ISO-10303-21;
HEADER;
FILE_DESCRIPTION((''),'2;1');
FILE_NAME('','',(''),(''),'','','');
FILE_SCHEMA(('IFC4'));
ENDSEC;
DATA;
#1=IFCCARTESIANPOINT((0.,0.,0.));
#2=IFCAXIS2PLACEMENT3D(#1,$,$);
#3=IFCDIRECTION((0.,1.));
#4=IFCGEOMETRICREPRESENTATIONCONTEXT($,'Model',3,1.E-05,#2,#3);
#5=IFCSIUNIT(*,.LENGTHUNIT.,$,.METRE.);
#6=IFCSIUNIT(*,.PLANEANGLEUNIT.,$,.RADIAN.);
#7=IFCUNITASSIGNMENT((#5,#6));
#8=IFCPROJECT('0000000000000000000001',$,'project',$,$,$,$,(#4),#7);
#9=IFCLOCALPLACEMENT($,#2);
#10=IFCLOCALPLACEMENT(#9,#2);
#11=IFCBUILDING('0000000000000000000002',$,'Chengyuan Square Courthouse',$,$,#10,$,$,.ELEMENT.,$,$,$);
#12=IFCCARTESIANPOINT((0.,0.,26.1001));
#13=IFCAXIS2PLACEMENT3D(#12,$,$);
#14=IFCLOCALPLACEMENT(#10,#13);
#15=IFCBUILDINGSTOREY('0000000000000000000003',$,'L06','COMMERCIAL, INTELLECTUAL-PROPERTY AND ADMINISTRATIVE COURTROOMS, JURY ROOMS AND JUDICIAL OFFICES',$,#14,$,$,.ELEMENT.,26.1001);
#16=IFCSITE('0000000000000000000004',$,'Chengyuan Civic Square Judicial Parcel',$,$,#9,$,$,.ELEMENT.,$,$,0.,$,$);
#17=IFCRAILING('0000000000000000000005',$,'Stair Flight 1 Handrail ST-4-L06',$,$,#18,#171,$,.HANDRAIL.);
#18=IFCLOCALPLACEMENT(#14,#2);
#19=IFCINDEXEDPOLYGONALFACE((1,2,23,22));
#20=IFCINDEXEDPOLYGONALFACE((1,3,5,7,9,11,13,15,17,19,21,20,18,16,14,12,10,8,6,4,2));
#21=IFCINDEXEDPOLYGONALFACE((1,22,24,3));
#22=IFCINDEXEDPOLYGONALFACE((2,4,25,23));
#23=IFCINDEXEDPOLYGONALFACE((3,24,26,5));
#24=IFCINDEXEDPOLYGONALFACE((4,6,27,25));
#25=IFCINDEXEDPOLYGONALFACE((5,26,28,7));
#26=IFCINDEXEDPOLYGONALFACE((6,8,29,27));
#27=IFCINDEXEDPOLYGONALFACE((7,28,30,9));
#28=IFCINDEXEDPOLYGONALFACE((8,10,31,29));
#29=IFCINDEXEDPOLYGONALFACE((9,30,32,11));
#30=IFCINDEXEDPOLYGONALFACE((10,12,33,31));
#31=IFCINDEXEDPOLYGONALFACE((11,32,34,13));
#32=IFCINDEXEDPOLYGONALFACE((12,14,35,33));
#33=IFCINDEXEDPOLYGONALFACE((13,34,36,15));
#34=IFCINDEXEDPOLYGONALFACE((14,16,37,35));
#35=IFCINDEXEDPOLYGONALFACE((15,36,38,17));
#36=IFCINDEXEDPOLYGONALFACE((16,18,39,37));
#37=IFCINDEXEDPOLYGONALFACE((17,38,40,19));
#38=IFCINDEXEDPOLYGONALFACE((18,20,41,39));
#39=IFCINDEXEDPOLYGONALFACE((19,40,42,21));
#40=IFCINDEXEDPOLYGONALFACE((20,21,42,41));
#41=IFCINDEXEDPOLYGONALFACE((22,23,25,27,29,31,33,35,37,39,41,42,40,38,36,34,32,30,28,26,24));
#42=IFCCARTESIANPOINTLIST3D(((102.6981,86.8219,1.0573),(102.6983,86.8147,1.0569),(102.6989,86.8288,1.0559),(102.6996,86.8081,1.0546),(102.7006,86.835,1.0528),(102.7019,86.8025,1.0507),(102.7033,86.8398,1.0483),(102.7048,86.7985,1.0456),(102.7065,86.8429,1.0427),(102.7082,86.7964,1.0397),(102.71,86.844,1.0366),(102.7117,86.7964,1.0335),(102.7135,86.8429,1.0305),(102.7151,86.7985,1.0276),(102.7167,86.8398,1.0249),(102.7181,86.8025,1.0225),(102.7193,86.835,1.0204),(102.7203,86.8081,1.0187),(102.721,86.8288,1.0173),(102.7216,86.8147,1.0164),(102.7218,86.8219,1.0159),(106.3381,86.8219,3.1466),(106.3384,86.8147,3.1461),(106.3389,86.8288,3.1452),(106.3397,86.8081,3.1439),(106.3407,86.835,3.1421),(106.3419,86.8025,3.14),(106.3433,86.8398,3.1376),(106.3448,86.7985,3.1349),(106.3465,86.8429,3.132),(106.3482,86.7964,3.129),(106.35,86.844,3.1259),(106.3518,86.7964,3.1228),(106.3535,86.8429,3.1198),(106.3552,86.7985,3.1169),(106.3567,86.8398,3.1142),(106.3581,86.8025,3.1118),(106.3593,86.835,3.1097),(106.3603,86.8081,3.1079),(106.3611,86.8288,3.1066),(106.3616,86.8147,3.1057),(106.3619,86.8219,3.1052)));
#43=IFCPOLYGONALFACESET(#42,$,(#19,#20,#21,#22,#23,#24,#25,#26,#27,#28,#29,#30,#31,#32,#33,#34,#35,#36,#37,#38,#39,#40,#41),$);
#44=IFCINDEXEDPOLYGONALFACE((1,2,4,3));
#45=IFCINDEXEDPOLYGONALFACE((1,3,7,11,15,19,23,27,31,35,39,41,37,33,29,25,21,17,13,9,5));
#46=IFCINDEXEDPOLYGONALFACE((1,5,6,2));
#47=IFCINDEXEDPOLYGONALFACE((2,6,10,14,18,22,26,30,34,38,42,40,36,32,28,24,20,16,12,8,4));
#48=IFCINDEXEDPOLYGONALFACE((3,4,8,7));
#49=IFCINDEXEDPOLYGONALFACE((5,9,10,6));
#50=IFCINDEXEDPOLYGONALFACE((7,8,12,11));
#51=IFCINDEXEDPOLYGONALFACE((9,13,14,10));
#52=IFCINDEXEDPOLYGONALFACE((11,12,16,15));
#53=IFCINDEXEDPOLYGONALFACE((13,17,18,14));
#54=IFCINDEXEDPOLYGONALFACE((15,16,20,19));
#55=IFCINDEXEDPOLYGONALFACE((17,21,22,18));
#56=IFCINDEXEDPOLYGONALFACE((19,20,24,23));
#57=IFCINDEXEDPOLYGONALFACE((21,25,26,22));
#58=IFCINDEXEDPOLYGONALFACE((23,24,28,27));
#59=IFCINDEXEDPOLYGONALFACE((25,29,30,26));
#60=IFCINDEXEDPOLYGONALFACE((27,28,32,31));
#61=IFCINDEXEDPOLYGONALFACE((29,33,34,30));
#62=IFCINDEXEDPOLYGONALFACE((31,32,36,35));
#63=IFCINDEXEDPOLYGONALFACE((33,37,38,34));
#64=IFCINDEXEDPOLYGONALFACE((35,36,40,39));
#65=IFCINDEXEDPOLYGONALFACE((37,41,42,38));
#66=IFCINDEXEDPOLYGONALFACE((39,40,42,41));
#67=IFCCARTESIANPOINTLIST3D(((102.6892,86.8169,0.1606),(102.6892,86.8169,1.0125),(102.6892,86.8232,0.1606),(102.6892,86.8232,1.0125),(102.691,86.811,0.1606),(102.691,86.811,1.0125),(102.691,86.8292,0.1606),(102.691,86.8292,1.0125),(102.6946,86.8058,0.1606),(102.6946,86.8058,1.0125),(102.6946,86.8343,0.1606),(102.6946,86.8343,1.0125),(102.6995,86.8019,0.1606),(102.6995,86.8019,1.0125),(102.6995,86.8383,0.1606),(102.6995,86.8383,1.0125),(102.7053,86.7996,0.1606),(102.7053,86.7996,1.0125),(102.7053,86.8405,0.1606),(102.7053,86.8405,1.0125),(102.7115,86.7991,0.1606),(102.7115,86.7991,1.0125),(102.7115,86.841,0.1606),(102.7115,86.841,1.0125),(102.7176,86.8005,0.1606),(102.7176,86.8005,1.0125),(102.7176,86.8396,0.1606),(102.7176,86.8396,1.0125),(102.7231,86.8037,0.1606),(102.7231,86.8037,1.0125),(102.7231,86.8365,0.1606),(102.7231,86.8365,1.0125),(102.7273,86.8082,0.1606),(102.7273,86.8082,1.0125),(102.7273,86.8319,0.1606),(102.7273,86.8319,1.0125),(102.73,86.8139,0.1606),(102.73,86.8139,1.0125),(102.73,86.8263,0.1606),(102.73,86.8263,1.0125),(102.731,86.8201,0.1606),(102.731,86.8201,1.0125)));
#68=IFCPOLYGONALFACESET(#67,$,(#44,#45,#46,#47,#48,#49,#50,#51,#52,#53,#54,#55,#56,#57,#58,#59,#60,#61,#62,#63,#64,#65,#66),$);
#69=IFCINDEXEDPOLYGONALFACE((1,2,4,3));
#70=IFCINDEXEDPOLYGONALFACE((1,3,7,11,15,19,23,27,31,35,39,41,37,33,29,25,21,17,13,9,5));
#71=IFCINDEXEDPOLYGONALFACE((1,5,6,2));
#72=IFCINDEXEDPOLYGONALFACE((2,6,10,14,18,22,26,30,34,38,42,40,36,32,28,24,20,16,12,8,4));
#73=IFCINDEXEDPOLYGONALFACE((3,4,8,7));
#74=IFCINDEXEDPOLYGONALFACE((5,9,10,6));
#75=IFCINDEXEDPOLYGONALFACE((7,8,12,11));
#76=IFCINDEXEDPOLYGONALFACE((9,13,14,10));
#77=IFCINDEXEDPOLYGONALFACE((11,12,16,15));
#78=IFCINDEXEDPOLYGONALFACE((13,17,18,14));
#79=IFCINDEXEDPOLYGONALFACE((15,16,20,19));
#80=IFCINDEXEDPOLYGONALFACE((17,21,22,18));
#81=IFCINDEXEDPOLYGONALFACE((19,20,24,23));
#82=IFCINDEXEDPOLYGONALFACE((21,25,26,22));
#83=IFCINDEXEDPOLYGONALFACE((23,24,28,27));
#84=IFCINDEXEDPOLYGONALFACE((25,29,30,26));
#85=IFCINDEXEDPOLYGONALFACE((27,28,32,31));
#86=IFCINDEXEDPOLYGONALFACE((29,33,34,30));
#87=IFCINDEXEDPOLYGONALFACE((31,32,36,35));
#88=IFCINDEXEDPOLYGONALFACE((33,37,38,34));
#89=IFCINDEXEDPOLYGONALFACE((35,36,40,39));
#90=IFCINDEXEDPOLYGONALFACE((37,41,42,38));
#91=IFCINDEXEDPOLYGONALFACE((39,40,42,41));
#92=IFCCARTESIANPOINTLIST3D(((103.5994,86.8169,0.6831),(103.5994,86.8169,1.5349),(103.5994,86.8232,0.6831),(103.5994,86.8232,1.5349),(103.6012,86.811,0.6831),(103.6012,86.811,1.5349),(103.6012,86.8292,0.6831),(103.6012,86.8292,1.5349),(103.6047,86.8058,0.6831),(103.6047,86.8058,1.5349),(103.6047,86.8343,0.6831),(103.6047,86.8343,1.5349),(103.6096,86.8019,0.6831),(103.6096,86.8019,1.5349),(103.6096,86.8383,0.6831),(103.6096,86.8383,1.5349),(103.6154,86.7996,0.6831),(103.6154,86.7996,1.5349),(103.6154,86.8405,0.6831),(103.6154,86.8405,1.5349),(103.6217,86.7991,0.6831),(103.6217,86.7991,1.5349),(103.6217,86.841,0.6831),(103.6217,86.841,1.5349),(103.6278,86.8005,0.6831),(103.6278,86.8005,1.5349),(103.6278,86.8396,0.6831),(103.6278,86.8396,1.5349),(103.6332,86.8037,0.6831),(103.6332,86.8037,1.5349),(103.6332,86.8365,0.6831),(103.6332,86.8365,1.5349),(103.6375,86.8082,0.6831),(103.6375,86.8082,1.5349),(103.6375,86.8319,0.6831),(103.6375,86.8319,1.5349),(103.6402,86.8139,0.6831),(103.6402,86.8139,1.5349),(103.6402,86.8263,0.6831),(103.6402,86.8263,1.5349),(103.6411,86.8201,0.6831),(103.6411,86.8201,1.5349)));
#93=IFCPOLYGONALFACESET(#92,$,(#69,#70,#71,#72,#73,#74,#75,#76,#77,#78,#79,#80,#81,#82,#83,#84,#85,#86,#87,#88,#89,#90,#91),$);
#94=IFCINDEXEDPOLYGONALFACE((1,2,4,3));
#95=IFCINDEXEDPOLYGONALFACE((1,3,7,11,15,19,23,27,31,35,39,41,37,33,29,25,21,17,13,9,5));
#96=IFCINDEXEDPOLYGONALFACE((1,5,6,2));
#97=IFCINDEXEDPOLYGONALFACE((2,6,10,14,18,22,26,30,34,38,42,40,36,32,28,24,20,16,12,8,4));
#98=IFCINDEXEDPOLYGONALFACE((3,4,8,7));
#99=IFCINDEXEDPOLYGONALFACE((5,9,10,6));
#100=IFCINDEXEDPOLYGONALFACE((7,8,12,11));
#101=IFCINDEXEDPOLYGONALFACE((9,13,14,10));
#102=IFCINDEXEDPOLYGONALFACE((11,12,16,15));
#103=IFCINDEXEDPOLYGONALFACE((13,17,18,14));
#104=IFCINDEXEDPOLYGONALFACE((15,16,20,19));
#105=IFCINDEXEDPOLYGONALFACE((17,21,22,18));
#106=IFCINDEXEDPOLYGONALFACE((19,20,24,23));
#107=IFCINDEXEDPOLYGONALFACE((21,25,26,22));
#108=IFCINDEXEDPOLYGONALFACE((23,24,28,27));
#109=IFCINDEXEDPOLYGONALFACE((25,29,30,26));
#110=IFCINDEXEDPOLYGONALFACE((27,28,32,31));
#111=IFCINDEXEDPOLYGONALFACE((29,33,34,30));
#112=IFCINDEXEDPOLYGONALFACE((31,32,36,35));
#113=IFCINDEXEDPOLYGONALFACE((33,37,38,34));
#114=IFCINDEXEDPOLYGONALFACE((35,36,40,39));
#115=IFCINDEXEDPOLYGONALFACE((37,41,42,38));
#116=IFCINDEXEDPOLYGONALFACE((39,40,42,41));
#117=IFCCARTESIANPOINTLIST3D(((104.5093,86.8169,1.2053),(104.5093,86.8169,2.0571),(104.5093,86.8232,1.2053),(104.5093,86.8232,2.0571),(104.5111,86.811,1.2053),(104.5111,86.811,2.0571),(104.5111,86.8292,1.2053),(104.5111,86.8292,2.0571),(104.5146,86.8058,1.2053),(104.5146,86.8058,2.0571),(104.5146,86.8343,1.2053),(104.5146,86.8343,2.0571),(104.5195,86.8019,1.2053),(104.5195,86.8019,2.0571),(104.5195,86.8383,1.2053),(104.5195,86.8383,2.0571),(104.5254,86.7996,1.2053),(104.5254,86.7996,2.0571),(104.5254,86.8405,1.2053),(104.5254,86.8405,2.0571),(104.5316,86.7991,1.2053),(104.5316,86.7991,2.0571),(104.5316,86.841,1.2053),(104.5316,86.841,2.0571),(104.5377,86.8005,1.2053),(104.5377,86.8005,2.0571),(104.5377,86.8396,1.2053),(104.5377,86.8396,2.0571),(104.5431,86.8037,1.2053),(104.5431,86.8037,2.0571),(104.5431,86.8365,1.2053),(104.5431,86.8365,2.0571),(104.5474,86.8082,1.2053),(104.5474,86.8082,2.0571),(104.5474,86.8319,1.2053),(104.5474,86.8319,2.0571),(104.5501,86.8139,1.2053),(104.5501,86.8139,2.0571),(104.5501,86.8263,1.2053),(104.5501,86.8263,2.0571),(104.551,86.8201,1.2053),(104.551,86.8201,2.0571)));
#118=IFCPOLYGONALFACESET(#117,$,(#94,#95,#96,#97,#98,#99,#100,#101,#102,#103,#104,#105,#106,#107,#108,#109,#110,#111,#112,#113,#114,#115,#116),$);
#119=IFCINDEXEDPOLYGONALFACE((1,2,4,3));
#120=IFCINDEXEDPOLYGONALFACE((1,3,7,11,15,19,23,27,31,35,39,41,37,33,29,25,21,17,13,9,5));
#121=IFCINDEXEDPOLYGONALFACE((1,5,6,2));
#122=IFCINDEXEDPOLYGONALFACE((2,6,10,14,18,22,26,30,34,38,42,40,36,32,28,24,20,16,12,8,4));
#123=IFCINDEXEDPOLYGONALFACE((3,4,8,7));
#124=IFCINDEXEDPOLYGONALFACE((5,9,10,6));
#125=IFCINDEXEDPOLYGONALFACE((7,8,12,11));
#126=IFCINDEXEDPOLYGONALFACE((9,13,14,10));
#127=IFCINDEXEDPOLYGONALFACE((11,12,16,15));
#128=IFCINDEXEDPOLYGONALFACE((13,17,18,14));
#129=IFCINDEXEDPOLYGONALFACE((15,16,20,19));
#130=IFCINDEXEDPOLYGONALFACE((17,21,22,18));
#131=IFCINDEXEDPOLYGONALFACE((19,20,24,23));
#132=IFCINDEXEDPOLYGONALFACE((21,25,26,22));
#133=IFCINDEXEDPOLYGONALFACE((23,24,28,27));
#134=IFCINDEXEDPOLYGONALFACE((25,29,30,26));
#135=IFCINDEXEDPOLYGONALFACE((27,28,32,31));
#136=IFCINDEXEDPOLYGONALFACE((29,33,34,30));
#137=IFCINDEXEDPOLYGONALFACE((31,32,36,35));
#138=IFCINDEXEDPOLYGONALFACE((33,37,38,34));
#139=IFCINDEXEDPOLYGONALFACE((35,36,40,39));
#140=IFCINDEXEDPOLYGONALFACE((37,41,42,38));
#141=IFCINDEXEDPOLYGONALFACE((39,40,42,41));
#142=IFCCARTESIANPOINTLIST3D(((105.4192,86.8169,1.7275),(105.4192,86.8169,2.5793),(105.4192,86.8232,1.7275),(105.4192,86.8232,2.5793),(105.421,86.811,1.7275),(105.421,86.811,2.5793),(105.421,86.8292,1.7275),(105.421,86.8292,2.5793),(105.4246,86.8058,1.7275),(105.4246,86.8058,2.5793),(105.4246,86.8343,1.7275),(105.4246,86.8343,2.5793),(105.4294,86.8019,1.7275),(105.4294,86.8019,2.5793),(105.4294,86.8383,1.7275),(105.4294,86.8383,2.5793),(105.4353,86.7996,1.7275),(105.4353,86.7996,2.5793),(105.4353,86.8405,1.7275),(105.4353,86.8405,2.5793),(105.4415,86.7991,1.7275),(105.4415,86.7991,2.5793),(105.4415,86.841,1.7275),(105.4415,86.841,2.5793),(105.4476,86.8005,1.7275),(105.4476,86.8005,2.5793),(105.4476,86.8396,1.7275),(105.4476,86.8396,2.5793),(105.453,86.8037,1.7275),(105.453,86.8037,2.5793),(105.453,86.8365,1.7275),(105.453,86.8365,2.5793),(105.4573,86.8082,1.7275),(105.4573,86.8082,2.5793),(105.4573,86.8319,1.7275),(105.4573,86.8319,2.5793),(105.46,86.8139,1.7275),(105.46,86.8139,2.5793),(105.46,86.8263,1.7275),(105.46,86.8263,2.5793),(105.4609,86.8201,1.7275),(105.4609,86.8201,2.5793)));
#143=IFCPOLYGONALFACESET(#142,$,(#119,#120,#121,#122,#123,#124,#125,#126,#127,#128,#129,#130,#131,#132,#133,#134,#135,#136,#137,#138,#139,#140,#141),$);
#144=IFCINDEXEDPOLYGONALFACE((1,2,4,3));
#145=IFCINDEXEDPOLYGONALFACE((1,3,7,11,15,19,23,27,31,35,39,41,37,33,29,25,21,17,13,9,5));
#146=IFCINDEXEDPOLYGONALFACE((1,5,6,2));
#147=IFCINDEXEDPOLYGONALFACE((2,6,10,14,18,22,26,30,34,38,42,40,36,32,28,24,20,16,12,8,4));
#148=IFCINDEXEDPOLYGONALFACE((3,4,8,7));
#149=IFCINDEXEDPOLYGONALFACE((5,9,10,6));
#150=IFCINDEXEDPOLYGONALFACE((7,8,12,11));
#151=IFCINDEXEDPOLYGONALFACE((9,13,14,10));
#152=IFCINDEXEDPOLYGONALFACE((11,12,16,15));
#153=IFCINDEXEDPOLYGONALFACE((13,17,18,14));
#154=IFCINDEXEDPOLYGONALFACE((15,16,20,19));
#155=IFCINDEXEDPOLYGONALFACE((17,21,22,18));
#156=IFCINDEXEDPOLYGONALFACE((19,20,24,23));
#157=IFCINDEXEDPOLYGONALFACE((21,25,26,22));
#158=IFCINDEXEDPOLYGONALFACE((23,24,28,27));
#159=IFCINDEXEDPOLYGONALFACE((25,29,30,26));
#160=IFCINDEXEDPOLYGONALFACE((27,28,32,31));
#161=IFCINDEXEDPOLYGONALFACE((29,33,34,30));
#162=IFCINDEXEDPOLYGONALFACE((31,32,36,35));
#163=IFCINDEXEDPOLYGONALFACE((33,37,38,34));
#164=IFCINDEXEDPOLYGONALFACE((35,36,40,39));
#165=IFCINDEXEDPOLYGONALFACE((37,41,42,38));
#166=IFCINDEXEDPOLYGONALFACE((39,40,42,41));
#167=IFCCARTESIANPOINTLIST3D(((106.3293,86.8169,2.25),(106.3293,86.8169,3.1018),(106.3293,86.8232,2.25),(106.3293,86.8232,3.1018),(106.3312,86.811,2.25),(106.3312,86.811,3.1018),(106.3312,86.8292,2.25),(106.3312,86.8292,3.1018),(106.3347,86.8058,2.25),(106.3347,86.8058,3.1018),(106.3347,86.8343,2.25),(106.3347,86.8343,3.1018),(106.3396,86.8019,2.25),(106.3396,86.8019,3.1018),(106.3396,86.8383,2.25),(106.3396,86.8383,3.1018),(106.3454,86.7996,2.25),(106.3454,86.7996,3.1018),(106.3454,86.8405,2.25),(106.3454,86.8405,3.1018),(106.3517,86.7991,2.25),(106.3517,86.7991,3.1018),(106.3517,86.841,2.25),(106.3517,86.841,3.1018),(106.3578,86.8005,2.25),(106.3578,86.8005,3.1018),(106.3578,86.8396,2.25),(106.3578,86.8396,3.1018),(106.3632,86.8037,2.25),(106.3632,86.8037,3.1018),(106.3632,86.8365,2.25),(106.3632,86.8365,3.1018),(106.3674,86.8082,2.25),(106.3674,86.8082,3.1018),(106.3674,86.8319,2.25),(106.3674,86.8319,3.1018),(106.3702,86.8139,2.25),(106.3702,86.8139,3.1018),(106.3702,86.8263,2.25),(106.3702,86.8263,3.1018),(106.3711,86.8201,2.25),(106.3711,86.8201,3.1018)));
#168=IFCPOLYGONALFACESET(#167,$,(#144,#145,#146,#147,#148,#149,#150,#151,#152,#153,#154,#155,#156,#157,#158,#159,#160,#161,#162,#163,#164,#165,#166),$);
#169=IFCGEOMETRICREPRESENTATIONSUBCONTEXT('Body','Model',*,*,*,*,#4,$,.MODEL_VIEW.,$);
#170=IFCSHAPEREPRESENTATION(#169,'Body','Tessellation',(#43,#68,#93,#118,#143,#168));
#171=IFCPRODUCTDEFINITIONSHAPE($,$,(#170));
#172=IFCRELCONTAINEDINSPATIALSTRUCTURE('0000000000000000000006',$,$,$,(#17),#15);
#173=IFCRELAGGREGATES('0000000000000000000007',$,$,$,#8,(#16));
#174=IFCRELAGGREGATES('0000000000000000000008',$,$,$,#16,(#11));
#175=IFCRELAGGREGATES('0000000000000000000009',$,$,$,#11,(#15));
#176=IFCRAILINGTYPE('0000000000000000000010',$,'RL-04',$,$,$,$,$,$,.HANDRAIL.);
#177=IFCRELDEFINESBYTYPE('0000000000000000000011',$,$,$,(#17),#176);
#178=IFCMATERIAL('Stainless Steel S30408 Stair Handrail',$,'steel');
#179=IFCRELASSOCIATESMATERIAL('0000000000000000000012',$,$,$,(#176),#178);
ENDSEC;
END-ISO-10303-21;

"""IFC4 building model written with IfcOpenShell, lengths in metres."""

from ifc_helpers import new_model, si_unit, direction, frame, origin, origin_2d, place, context, subcontext, project, spatial, circle, extrude, material, type_object, element, save


model = new_model("IFC4")

# Units and contexts
model_context = context("Model", 3, precision=1e-05, world=origin(), true_north=direction((0.0, 1.0)))
body_context = subcontext(model_context, "Body", "Model", "MODEL_VIEW")
ifc_project = project(units=[si_unit("LENGTHUNIT", "METRE"), si_unit("PLANEANGLEUNIT", "RADIAN")], contexts=[model_context])

# Site, building, storey
site_placement = place(None, origin())
site = spatial("IfcSite", under=ifc_project, at=site_placement, Name="Chengyuan Civic Square Judicial Parcel", CompositionType="ELEMENT", RefElevation=0.0)
building_placement = place(site_placement, origin())
building = spatial("IfcBuilding", under=site, at=building_placement, Name="Chengyuan Square Courthouse", CompositionType="ELEMENT")
storey_placement = place(building_placement, frame((0.0, 0.0, 26.1001)))
storey = spatial("IfcBuildingStorey", under=building, at=storey_placement, Name="L06", Description="COMMERCIAL, INTELLECTUAL-PROPERTY AND ADMINISTRATIVE COURTROOMS, JURY ROOMS AND JUDICIAL OFFICES", CompositionType="ELEMENT", Elevation=26.1001)

# Railing
ifc_material_1 = material(Name="Stainless Steel S30408 Stair Handrail", Category="steel")
railing_type = type_object("IfcRailingType", Name="RL-04", PredefinedType="HANDRAIL", material=ifc_material_1)
railing_placement = place(storey_placement, frame((102.71, 86.8201, 0.1606)))
element("IfcRailing", 1, at=railing_placement, inside=storey, type_object=railing_type, Name="Stair Flight 1 Handrail ST-4-L06", PredefinedType="HANDRAIL", context=body_context, shape_type="SweptSolid", body=[
    extrude(circle(Radius=0.0239, at=origin_2d()), frame((0.0, 0.0, 0.876), z_axis=(0.867289, 0.0, 0.497804), x_axis=(0.0, 1.0, 0.0)), (0.0, 0.0, 1.0), 4.197),
    extrude(circle(Radius=0.021, at=origin_2d()), origin(), (0.0, 0.0, 1.0), 0.8518),
    extrude(circle(Radius=0.021, at=origin_2d()), frame((0.9102, 0.0, 0.5225)), (0.0, 0.0, 1.0), 0.8518),
    extrude(circle(Radius=0.021, at=origin_2d()), frame((1.8201, 0.0, 1.0447)), (0.0, 0.0, 1.0), 0.8518),
    extrude(circle(Radius=0.021, at=origin_2d()), frame((2.73, 0.0, 1.5669)), (0.0, 0.0, 1.0), 0.8518),
    extrude(circle(Radius=0.021, at=origin_2d()), frame((3.6401, 0.0, 2.0894)), (0.0, 0.0, 1.0), 0.8518),
])

save(model, "model.ifc")
